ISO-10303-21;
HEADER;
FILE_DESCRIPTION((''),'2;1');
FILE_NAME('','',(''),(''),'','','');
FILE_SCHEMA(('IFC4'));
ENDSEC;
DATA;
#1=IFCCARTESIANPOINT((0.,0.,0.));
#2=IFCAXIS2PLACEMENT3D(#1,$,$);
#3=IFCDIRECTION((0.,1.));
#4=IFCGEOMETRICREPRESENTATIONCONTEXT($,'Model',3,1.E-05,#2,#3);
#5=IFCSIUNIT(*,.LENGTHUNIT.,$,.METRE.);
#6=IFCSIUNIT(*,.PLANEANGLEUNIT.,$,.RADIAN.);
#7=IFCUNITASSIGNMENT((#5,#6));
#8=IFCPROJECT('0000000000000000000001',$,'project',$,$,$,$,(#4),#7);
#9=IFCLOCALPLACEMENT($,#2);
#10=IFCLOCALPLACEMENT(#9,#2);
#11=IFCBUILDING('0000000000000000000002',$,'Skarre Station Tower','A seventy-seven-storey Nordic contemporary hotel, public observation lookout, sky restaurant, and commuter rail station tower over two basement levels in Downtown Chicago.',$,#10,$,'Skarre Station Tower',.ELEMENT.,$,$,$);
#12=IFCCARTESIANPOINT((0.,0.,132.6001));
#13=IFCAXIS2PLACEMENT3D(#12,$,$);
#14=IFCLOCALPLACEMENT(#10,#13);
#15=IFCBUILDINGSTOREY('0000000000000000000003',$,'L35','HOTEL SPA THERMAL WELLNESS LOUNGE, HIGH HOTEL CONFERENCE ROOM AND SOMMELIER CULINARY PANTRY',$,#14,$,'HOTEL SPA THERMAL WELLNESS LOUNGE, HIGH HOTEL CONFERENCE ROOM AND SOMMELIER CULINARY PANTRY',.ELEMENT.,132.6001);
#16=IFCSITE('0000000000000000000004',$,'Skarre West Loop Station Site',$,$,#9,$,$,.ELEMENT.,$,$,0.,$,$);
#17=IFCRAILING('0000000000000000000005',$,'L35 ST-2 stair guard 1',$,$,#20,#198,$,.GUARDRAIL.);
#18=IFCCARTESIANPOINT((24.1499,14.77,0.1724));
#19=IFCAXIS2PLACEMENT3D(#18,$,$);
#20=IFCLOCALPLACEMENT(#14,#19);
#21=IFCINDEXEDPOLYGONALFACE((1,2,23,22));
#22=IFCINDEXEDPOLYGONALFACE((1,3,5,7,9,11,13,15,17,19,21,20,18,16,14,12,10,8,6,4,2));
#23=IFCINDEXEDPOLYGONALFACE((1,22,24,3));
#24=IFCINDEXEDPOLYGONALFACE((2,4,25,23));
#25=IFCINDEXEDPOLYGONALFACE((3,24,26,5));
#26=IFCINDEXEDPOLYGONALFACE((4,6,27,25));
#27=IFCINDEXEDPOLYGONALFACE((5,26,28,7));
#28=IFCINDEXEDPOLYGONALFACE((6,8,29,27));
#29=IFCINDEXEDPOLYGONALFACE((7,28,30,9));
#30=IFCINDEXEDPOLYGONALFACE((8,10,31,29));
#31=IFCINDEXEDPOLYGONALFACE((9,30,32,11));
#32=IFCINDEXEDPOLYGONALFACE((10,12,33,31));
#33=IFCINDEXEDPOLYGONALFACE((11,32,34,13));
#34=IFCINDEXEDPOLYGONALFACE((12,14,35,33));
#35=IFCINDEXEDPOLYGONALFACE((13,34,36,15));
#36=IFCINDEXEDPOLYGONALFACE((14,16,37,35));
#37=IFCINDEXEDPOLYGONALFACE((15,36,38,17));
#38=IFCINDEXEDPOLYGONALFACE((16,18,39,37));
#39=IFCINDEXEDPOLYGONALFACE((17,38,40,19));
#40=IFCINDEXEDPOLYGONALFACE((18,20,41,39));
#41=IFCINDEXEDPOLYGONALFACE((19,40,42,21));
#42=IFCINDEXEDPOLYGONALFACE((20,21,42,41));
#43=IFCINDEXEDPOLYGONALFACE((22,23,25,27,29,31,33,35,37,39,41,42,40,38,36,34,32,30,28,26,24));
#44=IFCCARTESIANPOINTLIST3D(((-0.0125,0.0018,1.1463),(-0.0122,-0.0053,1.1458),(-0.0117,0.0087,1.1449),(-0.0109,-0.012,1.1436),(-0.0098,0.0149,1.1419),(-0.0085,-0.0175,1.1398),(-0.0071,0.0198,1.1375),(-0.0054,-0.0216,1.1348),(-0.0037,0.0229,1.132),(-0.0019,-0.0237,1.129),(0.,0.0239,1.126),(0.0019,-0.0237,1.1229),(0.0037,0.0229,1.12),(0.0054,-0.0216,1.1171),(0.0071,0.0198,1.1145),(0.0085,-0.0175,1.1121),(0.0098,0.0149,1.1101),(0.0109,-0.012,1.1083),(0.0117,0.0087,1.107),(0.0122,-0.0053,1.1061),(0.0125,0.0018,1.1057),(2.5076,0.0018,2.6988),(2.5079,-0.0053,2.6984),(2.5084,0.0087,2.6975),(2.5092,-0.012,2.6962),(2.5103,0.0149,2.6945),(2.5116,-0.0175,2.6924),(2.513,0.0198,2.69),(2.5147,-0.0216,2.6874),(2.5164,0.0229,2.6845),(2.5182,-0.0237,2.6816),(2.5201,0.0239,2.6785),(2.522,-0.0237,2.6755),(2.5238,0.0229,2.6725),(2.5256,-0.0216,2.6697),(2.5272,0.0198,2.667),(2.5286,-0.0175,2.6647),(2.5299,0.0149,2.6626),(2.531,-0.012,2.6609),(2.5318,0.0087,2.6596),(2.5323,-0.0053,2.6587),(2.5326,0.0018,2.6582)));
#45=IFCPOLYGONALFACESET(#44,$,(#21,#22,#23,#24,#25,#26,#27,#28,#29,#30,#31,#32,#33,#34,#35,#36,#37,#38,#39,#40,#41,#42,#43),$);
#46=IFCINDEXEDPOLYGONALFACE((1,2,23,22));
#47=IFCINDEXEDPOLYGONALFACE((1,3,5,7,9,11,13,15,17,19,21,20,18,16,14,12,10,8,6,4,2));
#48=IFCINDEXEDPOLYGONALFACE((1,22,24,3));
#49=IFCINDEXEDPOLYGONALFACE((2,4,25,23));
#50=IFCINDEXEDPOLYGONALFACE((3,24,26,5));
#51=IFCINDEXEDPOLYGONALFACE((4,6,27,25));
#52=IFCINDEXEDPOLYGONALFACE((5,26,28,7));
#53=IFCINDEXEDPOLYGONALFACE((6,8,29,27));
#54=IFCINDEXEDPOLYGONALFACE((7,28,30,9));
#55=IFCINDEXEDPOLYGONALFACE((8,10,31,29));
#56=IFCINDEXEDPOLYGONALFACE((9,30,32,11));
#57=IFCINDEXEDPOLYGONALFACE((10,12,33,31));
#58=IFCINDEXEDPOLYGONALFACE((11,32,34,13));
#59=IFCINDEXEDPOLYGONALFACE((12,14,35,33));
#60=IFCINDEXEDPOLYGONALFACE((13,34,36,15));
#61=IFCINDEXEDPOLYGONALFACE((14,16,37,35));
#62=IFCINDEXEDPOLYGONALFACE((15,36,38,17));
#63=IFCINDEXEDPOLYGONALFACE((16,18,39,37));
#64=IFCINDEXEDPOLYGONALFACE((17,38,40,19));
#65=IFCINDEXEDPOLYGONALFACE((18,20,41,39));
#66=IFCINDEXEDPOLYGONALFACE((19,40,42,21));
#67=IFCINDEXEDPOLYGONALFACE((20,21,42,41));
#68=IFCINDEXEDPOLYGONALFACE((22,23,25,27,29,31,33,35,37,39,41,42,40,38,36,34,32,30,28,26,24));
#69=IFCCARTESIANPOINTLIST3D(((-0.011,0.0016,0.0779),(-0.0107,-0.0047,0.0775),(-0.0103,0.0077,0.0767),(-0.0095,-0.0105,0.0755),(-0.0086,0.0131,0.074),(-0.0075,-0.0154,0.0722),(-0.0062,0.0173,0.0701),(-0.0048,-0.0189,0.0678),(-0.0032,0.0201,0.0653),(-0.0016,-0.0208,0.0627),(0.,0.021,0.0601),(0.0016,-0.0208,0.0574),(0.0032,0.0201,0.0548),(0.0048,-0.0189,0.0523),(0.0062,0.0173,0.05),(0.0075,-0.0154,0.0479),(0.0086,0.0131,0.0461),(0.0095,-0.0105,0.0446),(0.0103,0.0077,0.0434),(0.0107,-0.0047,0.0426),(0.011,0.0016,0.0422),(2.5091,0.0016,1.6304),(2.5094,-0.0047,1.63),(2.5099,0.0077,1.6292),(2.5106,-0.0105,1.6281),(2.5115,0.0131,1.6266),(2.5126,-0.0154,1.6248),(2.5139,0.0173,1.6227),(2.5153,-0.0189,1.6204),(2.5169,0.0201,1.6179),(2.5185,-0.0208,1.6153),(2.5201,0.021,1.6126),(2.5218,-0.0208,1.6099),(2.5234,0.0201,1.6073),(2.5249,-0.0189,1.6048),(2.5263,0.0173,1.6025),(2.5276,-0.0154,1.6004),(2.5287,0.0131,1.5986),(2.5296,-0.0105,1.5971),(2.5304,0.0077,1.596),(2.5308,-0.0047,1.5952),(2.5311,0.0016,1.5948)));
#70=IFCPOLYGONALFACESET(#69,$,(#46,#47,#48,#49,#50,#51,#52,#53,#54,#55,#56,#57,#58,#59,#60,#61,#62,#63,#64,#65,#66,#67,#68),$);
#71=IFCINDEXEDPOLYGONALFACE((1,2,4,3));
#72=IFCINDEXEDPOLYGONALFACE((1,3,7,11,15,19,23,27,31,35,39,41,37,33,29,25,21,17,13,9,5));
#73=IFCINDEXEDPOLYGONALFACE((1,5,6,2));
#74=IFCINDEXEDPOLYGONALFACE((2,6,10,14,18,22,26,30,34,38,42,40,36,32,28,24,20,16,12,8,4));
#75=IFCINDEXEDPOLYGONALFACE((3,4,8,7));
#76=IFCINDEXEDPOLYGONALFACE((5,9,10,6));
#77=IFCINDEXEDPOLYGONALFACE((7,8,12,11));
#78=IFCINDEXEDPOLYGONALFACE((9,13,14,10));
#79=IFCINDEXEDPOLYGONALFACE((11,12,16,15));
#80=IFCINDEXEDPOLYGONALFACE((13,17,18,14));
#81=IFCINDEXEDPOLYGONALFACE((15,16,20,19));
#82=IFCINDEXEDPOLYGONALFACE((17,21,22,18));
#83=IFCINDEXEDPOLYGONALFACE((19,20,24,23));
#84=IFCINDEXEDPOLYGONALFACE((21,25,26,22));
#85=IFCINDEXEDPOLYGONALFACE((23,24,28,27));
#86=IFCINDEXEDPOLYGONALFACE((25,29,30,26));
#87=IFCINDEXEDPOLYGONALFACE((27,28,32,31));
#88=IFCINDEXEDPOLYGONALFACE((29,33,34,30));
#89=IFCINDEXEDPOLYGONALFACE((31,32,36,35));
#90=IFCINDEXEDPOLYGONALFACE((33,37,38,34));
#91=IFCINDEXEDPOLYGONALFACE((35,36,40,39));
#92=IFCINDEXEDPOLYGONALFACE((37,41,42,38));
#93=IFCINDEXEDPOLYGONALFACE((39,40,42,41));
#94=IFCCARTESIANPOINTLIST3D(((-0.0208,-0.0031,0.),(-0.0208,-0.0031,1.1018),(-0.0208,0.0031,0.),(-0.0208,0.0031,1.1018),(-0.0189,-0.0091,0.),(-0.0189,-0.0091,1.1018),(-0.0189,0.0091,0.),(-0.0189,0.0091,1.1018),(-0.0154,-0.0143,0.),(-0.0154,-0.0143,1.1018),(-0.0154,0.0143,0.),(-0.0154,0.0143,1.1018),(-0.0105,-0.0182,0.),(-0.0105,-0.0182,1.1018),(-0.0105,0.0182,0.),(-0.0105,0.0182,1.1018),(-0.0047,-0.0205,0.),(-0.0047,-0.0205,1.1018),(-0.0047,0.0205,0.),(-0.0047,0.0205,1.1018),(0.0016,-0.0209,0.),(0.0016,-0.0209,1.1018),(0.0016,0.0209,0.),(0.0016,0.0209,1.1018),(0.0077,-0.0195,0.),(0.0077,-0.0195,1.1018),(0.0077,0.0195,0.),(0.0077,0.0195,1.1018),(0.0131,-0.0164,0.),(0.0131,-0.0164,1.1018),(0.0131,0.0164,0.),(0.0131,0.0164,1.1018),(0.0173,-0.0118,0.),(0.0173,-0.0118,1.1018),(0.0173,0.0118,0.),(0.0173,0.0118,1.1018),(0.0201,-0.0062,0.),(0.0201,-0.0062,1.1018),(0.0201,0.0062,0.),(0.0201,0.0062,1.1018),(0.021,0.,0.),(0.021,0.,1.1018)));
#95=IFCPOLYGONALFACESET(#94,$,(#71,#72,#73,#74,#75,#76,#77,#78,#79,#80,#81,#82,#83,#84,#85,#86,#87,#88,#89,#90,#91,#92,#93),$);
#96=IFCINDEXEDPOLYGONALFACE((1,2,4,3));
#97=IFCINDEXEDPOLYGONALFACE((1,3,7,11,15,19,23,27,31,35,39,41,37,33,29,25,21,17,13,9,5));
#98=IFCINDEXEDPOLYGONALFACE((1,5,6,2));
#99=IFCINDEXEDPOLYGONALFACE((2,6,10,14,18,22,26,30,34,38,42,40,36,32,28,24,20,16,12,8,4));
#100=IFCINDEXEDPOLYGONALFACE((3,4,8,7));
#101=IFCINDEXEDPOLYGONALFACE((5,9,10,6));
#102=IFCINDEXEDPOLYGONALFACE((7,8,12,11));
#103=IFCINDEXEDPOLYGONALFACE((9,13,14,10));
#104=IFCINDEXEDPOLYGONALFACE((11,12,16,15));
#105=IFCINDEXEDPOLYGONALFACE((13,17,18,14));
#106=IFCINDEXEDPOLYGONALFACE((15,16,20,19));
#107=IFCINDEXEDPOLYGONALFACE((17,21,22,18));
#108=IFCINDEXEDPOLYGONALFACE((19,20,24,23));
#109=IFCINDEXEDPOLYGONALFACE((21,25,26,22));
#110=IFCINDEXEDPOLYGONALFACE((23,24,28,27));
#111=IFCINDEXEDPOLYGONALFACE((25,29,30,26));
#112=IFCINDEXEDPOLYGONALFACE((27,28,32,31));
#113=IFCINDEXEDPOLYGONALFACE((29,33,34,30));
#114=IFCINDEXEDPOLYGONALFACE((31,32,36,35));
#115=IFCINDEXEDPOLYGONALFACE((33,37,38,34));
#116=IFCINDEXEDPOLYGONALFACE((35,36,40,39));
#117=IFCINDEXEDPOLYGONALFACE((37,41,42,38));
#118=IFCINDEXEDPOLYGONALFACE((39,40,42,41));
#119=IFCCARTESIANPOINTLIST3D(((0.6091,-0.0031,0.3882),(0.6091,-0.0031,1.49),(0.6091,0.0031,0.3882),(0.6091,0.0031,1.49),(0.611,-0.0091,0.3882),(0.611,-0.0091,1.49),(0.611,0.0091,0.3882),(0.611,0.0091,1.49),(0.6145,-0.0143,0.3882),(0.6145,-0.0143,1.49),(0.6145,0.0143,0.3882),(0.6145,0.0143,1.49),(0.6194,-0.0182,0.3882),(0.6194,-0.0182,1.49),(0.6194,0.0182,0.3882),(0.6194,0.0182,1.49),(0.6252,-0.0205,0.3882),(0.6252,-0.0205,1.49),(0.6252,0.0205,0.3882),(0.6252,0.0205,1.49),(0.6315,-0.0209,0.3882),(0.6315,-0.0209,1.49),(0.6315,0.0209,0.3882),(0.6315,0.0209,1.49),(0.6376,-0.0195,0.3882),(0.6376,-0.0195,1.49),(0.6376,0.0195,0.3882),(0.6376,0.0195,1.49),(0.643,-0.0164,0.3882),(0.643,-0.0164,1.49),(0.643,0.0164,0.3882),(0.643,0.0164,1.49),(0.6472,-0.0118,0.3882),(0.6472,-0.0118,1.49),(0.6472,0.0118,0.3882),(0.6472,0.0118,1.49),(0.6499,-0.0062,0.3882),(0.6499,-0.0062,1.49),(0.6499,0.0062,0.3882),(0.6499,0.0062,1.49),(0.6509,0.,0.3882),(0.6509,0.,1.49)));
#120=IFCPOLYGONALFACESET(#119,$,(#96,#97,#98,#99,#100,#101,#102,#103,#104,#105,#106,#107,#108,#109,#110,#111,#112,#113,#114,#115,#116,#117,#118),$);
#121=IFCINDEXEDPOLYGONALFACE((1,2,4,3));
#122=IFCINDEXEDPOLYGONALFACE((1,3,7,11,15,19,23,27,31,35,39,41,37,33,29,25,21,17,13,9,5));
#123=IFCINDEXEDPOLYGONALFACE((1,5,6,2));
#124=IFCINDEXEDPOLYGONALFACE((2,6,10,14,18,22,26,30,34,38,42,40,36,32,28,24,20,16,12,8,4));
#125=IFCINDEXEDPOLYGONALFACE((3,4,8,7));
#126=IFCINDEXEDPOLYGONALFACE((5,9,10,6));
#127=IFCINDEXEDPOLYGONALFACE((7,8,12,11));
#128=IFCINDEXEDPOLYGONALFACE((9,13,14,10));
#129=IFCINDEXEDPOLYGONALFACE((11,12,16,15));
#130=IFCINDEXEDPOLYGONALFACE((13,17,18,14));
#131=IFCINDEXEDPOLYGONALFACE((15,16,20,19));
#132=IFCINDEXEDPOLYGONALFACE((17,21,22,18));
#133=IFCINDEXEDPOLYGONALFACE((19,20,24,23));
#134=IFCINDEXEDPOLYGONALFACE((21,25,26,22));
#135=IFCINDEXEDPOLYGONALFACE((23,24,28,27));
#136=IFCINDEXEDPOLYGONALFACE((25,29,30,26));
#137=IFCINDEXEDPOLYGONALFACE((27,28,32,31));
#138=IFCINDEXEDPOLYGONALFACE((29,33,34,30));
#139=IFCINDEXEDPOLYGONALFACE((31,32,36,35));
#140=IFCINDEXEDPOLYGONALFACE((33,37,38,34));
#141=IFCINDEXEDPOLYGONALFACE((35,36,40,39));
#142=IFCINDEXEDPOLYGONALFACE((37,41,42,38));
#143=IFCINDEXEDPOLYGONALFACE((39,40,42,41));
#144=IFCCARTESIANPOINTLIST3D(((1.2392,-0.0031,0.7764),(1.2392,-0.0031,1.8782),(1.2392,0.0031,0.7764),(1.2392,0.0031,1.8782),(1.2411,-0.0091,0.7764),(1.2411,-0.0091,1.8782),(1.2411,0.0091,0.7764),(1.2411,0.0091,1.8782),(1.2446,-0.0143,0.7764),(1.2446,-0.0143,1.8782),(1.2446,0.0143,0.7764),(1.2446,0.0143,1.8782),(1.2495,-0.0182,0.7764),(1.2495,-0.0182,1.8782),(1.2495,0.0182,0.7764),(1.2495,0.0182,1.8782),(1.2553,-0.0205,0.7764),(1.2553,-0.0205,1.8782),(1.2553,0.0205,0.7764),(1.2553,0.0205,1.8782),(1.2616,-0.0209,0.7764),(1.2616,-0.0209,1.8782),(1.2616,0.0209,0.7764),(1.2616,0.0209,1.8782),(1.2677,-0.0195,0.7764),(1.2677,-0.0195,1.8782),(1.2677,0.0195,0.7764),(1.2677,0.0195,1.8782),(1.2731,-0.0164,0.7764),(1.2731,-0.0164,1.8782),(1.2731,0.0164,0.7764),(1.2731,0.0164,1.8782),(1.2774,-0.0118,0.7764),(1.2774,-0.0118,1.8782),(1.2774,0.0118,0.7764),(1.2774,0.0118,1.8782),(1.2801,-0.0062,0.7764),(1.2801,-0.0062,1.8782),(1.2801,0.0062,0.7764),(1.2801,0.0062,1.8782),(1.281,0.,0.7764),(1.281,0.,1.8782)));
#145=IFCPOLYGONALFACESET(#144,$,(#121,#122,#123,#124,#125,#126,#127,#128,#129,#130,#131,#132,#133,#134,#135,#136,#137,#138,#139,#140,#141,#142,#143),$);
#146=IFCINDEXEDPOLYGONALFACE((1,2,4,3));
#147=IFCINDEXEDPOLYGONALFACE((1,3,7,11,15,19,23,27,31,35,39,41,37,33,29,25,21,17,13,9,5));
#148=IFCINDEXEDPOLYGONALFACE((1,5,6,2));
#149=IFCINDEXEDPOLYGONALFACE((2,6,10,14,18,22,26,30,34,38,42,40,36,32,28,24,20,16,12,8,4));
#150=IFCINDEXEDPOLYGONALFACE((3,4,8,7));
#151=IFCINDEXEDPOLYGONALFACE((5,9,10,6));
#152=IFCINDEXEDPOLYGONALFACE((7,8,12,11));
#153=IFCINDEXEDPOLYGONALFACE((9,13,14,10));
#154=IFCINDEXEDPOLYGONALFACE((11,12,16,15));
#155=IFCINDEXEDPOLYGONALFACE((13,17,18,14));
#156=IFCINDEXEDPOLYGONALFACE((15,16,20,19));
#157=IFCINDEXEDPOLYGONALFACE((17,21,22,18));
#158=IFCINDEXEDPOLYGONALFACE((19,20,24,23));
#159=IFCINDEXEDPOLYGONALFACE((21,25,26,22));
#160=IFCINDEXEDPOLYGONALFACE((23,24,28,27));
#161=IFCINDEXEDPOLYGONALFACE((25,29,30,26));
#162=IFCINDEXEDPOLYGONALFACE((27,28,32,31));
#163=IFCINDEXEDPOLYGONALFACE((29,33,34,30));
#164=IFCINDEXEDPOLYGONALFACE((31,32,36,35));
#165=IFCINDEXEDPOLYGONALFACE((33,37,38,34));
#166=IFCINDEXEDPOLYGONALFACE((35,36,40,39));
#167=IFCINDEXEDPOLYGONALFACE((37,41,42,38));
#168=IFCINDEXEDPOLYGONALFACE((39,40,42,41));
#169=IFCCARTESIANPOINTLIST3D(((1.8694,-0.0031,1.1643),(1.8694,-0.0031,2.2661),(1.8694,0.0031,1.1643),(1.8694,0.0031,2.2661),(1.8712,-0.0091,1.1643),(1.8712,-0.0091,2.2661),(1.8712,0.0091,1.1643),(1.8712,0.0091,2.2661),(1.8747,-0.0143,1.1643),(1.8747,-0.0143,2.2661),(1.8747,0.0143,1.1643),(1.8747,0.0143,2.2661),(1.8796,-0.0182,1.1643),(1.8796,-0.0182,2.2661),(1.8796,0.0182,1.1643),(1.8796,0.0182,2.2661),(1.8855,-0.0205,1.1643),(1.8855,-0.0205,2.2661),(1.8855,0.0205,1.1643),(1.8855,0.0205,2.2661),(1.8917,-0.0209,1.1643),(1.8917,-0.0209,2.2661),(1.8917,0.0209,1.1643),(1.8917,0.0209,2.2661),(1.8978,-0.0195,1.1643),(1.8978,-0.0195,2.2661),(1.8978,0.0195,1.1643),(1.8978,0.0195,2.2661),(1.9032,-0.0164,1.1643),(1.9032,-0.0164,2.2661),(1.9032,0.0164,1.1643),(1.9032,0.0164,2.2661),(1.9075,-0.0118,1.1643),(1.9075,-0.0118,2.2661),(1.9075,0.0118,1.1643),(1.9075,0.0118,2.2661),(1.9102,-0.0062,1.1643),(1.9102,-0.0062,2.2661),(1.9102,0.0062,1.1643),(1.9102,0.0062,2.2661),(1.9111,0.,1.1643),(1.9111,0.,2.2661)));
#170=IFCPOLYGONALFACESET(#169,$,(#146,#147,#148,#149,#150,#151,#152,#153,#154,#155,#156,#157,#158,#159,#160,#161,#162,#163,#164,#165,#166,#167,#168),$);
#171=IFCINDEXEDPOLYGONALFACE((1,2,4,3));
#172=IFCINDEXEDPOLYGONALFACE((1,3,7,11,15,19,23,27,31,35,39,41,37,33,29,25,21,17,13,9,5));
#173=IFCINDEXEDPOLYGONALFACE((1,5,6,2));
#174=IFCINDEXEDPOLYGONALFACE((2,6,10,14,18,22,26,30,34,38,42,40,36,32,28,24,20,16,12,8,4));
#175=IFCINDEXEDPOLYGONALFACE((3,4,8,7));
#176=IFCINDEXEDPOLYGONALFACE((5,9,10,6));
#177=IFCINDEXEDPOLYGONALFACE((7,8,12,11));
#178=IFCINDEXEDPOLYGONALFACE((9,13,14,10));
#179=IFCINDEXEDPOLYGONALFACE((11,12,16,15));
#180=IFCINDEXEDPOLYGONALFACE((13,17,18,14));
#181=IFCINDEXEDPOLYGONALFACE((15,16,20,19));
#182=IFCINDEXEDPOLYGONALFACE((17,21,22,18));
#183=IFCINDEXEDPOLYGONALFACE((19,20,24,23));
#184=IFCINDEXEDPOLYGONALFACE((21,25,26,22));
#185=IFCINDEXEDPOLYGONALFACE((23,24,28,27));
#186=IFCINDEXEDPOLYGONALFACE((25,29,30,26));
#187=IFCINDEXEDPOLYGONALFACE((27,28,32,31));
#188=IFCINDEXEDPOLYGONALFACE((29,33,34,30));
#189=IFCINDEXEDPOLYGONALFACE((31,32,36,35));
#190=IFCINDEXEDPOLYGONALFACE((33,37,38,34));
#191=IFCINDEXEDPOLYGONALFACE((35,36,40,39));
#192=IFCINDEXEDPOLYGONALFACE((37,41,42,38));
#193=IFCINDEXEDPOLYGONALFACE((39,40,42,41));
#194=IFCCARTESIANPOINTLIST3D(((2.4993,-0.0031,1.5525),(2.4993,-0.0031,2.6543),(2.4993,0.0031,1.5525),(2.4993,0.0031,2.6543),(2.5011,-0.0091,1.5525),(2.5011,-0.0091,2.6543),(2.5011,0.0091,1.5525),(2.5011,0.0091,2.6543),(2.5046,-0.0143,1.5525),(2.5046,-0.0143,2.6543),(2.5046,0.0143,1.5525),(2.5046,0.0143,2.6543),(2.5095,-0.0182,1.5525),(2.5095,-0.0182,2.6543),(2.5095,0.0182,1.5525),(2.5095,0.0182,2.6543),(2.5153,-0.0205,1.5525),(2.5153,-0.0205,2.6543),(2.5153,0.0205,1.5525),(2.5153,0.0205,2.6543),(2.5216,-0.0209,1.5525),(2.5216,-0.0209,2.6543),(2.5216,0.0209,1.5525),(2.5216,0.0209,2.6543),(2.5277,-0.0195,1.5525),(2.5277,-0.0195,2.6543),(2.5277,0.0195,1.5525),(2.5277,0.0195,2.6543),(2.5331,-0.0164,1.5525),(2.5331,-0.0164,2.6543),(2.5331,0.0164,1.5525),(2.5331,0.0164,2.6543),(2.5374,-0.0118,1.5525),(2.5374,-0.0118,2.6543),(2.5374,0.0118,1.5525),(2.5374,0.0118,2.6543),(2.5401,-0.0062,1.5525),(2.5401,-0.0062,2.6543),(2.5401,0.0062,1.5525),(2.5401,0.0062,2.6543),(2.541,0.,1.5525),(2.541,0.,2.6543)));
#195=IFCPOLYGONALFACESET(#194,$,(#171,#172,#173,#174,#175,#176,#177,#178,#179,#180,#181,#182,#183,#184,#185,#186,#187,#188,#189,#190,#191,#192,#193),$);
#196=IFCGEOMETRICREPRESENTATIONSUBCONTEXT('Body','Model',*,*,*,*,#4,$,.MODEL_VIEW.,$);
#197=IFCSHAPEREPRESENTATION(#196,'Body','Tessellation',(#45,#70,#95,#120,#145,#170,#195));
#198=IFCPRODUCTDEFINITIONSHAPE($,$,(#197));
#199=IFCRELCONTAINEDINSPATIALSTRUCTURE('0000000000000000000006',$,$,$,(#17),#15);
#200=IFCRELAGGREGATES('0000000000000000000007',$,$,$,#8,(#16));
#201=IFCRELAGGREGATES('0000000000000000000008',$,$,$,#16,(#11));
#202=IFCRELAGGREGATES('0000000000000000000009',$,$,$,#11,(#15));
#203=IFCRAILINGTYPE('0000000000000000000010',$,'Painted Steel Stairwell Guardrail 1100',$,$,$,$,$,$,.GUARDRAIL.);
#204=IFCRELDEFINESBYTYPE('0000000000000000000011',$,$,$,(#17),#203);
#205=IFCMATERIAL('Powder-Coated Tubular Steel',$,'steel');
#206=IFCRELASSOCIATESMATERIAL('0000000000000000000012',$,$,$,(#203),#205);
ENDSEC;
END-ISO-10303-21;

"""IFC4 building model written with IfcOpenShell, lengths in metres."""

from ifc_helpers import new_model, si_unit, direction, frame, origin, origin_2d, place, context, subcontext, project, spatial, circle, extrude, material, type_object, element, save


model = new_model("IFC4")

# Units and contexts
model_context = context("Model", 3, precision=1e-05, world=origin(), true_north=direction((0.0, 1.0)))
body_context = subcontext(model_context, "Body", "Model", "MODEL_VIEW")
ifc_project = project(units=[si_unit("LENGTHUNIT", "METRE"), si_unit("PLANEANGLEUNIT", "RADIAN")], contexts=[model_context])

# Site, building, storey
site_placement = place(None, origin())
site = spatial("IfcSite", under=ifc_project, at=site_placement, Name="Skarre West Loop Station Site", CompositionType="ELEMENT", RefElevation=0.0)
building_placement = place(site_placement, origin())
building = spatial("IfcBuilding", under=site, at=building_placement, Name="Skarre Station Tower", Description="A seventy-seven-storey Nordic contemporary hotel, public observation lookout, sky restaurant, and commuter rail station tower over two basement levels in Downtown Chicago.", LongName="Skarre Station Tower", CompositionType="ELEMENT")
storey_placement = place(building_placement, frame((0.0, 0.0, 132.6001)))
storey = spatial("IfcBuildingStorey", under=building, at=storey_placement, Name="L35", Description="HOTEL SPA THERMAL WELLNESS LOUNGE, HIGH HOTEL CONFERENCE ROOM AND SOMMELIER CULINARY PANTRY", LongName="HOTEL SPA THERMAL WELLNESS LOUNGE, HIGH HOTEL CONFERENCE ROOM AND SOMMELIER CULINARY PANTRY", CompositionType="ELEMENT", Elevation=132.6001)

# Railing
ifc_material_1 = material(Name="Powder-Coated Tubular Steel", Category="steel")
railing_type_1 = type_object("IfcRailingType", Name="Painted Steel Stairwell Guardrail 1100", PredefinedType="GUARDRAIL", material=ifc_material_1)
railing_1_placement = place(storey_placement, frame((24.1499, 14.77, 0.1724)))
element("IfcRailing", 1, at=railing_1_placement, inside=storey, type_object=railing_type_1, Name="L35 ST-2 stair guard 1", PredefinedType="GUARDRAIL", context=body_context, shape_type="SweptSolid", body=[
    extrude(circle(Radius=0.0239, at=origin_2d()), frame((0.0, 0.0, 1.126), z_axis=(0.8514, 0.0, 0.524516), x_axis=(0.0, 1.0, 0.0)), (0.0, 0.0, 1.0), 2.96),
    extrude(circle(Radius=0.021, at=origin_2d()), frame((0.0, 0.0, 0.0601), z_axis=(0.8514, 0.0, 0.524516), x_axis=(0.0, 1.0, 0.0)), (0.0, 0.0, 1.0), 2.96),
    extrude(circle(Radius=0.021, at=origin_2d()), origin(), (0.0, 0.0, 1.0), 1.1018),
    extrude(circle(Radius=0.021, at=origin_2d()), frame((0.6299, 0.0, 0.3882)), (0.0, 0.0, 1.0), 1.1018),
    extrude(circle(Radius=0.021, at=origin_2d()), frame((1.26, 0.0, 0.7764)), (0.0, 0.0, 1.0), 1.1018),
    extrude(circle(Radius=0.021, at=origin_2d()), frame((1.8901, 0.0, 1.1643)), (0.0, 0.0, 1.0), 1.1018),
    extrude(circle(Radius=0.021, at=origin_2d()), frame((2.52, 0.0, 1.5525)), (0.0, 0.0, 1.0), 1.1018),
])

save(model, "model.ifc")
